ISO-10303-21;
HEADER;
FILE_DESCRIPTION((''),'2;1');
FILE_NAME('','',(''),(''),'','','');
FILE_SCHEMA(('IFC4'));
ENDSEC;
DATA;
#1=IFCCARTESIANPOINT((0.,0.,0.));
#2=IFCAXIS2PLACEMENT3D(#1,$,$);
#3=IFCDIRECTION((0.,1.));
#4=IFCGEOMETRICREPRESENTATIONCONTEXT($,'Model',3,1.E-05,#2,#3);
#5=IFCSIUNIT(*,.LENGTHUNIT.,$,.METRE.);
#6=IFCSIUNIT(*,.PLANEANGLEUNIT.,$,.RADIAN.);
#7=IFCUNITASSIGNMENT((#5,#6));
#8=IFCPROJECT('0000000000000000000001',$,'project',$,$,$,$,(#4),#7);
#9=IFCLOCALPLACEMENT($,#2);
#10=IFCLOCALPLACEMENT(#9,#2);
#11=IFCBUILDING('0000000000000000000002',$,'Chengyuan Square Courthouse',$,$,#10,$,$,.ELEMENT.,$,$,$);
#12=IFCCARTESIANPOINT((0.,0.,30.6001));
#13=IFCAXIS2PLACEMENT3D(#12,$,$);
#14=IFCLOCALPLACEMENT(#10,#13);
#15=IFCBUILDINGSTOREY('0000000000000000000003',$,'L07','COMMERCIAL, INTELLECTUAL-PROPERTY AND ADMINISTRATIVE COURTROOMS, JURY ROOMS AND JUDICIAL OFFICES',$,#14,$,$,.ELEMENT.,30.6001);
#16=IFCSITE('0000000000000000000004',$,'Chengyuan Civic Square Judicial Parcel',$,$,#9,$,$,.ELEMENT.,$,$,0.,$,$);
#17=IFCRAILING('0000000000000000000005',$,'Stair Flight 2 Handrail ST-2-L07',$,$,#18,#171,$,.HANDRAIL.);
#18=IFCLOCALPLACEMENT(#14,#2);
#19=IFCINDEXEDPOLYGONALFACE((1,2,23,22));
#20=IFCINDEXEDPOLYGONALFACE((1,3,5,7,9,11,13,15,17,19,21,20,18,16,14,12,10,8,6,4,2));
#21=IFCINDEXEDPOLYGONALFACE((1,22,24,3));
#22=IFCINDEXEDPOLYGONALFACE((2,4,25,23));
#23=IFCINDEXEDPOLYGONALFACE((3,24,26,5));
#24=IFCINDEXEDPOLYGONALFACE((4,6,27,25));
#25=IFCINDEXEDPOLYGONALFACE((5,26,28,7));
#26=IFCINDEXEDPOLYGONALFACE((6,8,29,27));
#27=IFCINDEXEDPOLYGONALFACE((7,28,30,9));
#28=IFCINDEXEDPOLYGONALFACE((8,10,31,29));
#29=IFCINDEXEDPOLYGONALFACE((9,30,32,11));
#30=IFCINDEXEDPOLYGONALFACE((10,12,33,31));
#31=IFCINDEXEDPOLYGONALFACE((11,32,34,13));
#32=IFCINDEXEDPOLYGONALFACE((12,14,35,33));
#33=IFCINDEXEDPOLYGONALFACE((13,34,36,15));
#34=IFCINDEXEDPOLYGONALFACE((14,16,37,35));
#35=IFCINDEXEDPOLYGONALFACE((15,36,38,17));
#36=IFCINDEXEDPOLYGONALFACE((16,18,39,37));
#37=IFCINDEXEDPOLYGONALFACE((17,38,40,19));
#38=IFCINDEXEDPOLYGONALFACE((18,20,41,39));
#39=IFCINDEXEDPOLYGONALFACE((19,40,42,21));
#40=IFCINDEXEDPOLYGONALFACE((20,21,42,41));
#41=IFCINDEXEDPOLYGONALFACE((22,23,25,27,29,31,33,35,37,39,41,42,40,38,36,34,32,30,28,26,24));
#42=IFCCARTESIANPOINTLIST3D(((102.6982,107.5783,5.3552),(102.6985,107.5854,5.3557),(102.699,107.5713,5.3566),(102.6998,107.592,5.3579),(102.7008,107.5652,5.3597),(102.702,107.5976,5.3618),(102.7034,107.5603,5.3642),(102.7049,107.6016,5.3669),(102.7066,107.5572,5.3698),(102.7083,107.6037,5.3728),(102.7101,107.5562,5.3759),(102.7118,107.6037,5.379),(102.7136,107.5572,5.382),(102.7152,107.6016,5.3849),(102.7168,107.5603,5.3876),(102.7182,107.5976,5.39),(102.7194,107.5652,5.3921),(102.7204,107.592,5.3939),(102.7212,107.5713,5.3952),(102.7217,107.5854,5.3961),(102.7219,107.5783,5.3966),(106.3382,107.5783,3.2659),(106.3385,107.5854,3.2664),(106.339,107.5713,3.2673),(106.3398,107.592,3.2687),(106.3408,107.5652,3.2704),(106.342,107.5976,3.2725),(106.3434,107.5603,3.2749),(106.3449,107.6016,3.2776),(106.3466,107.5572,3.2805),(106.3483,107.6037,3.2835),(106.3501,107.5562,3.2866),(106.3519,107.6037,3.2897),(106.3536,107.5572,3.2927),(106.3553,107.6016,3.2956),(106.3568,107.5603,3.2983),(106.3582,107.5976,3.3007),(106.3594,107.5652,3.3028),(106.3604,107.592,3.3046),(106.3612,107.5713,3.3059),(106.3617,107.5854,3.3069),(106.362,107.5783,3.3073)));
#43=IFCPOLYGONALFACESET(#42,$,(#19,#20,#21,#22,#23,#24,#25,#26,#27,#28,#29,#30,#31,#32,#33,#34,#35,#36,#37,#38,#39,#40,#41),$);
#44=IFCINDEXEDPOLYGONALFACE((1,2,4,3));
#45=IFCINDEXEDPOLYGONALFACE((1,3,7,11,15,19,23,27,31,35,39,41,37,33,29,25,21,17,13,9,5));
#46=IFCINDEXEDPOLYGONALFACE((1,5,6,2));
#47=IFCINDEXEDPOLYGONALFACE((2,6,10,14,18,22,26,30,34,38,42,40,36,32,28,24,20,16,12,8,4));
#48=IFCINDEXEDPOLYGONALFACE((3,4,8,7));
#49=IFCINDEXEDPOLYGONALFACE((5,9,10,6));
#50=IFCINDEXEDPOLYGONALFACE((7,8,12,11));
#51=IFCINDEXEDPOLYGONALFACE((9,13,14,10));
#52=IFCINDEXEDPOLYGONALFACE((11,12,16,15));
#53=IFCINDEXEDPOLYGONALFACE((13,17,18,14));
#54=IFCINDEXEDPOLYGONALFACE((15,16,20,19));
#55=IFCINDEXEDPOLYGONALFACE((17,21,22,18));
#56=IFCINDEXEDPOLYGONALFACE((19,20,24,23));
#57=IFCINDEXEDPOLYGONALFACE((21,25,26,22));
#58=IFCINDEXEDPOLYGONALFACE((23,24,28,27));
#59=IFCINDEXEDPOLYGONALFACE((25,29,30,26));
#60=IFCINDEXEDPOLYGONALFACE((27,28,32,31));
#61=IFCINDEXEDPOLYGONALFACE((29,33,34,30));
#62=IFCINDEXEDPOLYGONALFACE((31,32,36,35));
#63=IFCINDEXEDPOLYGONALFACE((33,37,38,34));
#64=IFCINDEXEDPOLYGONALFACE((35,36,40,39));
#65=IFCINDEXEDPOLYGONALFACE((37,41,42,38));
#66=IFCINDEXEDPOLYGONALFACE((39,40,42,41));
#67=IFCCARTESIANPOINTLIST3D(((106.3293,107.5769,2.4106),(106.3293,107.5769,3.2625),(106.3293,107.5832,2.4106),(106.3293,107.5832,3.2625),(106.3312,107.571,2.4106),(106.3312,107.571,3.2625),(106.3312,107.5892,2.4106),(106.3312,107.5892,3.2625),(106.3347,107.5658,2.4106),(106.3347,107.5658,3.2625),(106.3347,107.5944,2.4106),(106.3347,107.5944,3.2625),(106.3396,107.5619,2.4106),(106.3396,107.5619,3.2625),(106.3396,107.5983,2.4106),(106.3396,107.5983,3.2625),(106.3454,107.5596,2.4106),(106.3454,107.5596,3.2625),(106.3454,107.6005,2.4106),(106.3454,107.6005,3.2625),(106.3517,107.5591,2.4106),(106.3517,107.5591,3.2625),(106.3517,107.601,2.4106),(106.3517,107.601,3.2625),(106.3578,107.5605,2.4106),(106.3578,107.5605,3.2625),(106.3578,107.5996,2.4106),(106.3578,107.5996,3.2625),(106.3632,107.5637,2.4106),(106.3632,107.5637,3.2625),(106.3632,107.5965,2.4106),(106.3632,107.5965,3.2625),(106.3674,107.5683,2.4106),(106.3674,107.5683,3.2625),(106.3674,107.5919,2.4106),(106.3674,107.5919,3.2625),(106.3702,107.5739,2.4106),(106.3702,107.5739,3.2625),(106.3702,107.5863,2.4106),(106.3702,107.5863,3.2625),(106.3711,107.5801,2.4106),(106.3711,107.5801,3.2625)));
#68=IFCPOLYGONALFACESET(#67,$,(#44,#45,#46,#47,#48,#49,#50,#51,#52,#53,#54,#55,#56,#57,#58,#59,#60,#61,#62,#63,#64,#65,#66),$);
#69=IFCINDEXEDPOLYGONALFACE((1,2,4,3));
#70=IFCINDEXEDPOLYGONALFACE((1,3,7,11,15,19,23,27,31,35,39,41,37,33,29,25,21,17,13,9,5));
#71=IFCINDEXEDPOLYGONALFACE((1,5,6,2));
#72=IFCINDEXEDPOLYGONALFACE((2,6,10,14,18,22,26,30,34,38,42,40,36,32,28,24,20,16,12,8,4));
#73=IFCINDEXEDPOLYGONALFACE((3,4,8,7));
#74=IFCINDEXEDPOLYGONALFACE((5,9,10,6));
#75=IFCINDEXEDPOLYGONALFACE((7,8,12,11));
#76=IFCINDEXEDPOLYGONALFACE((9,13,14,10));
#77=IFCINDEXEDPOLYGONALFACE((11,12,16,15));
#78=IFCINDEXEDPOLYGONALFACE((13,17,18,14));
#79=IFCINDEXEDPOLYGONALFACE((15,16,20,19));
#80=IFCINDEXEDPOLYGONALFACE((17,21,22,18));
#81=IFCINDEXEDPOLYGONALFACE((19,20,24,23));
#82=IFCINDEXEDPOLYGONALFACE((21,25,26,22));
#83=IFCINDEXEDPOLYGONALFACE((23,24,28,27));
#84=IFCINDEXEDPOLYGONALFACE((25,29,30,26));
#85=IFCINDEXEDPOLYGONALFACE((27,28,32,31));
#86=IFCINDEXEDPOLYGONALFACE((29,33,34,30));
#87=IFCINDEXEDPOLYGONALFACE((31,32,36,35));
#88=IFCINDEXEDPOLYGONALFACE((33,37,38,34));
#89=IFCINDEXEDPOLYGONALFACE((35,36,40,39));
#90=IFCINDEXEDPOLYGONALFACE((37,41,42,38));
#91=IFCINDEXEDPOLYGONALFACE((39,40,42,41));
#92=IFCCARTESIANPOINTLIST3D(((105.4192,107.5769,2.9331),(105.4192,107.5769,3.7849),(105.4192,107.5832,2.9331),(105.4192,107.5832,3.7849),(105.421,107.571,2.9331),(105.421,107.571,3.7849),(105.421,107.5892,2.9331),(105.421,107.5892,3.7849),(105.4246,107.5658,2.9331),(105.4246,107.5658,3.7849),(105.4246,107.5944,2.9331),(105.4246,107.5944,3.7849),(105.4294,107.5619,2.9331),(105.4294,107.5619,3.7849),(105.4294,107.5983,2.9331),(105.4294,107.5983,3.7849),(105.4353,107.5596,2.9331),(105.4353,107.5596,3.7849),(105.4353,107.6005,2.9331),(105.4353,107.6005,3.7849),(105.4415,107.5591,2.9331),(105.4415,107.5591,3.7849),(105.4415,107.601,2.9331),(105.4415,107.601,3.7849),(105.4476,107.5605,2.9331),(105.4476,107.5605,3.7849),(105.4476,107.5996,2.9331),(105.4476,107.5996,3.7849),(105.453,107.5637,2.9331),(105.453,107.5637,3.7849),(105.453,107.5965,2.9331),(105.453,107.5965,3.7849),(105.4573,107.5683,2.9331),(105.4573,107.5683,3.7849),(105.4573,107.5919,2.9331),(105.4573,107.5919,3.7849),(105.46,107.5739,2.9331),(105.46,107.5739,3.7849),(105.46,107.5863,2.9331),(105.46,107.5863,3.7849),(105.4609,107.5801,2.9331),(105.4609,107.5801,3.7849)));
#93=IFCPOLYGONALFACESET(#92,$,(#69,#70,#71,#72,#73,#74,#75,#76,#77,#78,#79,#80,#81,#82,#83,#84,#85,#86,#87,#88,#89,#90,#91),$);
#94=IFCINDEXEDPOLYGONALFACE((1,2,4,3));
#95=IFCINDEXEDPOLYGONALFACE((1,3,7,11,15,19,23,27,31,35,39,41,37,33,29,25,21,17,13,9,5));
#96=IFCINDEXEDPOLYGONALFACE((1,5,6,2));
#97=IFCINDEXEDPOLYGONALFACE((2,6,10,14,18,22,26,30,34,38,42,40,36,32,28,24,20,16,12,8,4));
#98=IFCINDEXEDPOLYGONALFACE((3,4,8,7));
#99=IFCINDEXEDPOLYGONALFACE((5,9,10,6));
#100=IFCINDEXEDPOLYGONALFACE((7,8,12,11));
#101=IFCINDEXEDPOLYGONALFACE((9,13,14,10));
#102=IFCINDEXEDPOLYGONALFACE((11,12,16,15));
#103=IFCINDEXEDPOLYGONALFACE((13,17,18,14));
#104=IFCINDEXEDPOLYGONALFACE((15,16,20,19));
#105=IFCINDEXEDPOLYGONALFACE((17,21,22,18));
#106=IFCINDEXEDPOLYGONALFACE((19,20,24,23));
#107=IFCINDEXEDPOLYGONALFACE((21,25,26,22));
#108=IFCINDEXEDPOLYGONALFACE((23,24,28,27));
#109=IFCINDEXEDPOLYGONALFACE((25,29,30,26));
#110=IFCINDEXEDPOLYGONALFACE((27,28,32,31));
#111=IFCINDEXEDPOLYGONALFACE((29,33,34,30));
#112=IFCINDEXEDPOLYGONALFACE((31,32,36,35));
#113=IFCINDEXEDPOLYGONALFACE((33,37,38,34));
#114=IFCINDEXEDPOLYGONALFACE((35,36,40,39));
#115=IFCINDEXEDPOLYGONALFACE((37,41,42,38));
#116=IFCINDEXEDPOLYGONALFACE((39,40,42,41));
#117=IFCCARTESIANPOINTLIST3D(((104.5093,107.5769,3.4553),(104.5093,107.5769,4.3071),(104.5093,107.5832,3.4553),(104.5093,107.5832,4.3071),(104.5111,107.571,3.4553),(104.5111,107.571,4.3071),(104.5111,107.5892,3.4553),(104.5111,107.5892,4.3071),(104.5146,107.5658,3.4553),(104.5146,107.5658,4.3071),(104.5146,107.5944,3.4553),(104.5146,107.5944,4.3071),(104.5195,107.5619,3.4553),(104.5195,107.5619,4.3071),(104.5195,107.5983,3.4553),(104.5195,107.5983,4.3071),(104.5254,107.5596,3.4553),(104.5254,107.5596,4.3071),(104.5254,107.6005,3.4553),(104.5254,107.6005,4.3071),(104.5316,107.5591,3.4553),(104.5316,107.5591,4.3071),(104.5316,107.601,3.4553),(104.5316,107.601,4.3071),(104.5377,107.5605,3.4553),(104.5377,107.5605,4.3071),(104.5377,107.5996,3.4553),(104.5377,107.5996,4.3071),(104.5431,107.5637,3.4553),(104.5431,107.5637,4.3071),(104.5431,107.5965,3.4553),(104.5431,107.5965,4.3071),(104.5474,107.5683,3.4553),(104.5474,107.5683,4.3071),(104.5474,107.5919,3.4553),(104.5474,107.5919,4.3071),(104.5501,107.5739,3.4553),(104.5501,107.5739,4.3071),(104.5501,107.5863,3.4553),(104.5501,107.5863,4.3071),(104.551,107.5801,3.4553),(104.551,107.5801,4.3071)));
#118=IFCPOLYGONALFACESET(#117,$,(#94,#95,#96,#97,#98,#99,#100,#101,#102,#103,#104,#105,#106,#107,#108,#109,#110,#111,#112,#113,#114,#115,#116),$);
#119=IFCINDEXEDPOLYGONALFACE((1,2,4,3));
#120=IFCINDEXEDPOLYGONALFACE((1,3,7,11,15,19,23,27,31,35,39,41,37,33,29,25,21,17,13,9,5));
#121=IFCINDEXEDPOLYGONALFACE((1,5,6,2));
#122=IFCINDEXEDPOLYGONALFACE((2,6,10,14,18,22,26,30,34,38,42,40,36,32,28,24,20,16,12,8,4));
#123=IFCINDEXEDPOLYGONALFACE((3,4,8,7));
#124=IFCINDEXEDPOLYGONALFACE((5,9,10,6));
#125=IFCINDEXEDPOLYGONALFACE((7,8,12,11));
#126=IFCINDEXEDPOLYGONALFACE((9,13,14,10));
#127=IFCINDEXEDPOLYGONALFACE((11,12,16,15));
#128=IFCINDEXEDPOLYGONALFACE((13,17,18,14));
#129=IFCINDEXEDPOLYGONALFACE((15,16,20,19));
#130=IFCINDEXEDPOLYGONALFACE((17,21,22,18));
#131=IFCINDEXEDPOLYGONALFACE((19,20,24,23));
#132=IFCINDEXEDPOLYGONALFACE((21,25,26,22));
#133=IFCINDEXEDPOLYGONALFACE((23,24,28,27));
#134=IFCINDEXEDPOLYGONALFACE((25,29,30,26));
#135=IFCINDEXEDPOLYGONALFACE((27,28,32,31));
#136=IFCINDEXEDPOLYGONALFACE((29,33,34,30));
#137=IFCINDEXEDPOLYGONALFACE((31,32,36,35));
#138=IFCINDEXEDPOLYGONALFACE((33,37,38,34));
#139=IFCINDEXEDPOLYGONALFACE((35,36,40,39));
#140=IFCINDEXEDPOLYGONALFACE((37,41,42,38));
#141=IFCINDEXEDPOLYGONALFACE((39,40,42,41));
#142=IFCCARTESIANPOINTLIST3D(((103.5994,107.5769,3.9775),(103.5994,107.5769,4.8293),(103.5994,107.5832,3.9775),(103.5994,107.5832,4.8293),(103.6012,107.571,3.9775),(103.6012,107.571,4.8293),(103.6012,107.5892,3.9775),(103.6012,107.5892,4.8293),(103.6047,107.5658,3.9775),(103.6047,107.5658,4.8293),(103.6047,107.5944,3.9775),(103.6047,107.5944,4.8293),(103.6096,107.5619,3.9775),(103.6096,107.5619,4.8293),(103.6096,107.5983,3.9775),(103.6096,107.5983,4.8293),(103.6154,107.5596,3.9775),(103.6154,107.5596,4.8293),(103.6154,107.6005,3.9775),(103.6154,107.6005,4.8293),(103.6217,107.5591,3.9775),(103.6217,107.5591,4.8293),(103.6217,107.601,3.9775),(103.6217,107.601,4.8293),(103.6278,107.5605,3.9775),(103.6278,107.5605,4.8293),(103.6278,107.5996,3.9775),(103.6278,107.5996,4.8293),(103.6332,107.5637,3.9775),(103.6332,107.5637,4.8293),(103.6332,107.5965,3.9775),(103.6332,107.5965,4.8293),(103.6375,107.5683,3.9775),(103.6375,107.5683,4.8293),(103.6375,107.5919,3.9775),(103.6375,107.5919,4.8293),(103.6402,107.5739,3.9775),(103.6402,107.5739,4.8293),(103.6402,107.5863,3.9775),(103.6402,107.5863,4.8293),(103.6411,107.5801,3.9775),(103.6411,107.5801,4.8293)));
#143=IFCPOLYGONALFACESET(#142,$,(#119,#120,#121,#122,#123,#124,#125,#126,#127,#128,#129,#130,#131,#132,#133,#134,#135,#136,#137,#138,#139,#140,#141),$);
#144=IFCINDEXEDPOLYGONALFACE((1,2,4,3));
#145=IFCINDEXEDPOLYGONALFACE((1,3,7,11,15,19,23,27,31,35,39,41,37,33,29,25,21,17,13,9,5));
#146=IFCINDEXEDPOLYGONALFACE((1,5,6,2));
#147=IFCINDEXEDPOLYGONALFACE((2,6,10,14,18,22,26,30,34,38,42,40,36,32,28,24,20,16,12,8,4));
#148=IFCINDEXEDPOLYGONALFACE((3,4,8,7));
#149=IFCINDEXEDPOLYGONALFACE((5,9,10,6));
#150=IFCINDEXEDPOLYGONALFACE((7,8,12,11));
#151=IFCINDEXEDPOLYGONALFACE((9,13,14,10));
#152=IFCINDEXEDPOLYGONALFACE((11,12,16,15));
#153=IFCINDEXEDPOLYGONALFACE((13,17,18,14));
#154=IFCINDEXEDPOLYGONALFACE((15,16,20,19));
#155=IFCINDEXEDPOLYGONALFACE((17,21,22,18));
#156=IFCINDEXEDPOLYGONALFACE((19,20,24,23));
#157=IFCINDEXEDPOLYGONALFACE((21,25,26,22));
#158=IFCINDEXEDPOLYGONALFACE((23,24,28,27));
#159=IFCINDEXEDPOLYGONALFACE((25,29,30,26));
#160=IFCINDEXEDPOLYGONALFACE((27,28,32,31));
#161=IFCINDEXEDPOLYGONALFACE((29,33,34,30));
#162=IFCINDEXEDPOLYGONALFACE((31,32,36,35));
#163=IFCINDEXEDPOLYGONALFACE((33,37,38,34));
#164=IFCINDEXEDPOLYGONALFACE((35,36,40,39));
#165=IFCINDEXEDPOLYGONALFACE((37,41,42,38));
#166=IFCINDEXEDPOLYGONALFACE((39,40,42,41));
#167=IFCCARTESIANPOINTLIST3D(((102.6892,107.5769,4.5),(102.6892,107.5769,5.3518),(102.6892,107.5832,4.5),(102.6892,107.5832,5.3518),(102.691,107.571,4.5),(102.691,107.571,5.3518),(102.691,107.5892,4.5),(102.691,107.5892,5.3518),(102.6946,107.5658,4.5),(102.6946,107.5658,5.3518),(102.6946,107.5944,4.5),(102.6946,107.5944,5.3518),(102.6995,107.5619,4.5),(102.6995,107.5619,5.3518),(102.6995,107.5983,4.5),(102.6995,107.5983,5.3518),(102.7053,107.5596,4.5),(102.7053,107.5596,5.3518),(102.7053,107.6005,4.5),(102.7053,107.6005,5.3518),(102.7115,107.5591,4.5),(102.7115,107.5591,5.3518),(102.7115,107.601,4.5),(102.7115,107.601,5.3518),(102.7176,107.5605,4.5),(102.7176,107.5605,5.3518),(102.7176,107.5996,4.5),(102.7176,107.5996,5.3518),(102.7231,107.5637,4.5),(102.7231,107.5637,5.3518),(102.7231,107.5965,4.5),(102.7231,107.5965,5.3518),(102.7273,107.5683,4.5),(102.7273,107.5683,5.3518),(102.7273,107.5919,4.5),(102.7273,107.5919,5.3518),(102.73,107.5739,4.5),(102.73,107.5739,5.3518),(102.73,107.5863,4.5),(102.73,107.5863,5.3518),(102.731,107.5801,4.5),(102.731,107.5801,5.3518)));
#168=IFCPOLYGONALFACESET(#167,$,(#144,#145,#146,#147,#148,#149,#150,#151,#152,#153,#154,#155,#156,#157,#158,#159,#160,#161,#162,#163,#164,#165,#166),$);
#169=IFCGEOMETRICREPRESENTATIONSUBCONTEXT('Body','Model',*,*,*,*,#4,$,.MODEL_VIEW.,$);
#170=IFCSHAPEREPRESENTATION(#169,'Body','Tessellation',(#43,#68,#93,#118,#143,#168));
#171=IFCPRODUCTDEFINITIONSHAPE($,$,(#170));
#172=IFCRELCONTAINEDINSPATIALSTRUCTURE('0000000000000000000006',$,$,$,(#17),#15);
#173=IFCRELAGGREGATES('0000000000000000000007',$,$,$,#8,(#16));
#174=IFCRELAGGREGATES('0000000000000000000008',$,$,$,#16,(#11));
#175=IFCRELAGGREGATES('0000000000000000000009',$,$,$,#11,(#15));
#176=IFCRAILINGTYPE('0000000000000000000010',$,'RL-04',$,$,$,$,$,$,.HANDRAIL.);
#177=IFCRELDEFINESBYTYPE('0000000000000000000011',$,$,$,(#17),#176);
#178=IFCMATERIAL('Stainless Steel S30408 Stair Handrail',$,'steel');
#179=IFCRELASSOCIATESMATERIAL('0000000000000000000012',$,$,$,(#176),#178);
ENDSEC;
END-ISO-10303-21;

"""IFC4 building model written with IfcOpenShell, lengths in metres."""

from ifc_helpers import new_model, si_unit, direction, frame, origin, origin_2d, place, context, subcontext, project, spatial, circle, extrude, material, type_object, element, save


model = new_model("IFC4")

# Units and contexts
model_context = context("Model", 3, precision=1e-05, world=origin(), true_north=direction((0.0, 1.0)))
body_context = subcontext(model_context, "Body", "Model", "MODEL_VIEW")
ifc_project = project(units=[si_unit("LENGTHUNIT", "METRE"), si_unit("PLANEANGLEUNIT", "RADIAN")], contexts=[model_context])

# Site, building, storey
site_placement = place(None, origin())
site = spatial("IfcSite", under=ifc_project, at=site_placement, Name="Chengyuan Civic Square Judicial Parcel", CompositionType="ELEMENT", RefElevation=0.0)
building_placement = place(site_placement, origin())
building = spatial("IfcBuilding", under=site, at=building_placement, Name="Chengyuan Square Courthouse", CompositionType="ELEMENT")
storey_placement = place(building_placement, frame((0.0, 0.0, 30.6001)))
storey = spatial("IfcBuildingStorey", under=building, at=storey_placement, Name="L07", Description="COMMERCIAL, INTELLECTUAL-PROPERTY AND ADMINISTRATIVE COURTROOMS, JURY ROOMS AND JUDICIAL OFFICES", CompositionType="ELEMENT", Elevation=30.6001)

# Railing
ifc_material_1 = material(Name="Stainless Steel S30408 Stair Handrail", Category="steel")
railing_type_1 = type_object("IfcRailingType", Name="RL-04", PredefinedType="HANDRAIL", material=ifc_material_1)
railing_1_placement = place(storey_placement, frame((106.3501, 107.5801, 2.4106)))
element("IfcRailing", 1, at=railing_1_placement, inside=storey, type_object=railing_type_1, Name="Stair Flight 2 Handrail ST-2-L07", PredefinedType="HANDRAIL", context=body_context, shape_type="SweptSolid", body=[
    extrude(circle(Radius=0.0239, at=origin_2d()), frame((0.0, 0.0, 0.876), z_axis=(-0.867289, 0.0, 0.497804), x_axis=(0.0, -1.0, 0.0)), (0.0, 0.0, 1.0), 4.197),
    extrude(circle(Radius=0.021, at=origin_2d()), origin(), (0.0, 0.0, 1.0), 0.8518),
    extrude(circle(Radius=0.021, at=origin_2d()), frame((-0.9102, 0.0, 0.5225)), (0.0, 0.0, 1.0), 0.8518),
    extrude(circle(Radius=0.021, at=origin_2d()), frame((-1.8201, 0.0, 1.0447)), (0.0, 0.0, 1.0), 0.8518),
    extrude(circle(Radius=0.021, at=origin_2d()), frame((-2.73, 0.0, 1.5669)), (0.0, 0.0, 1.0), 0.8518),
    extrude(circle(Radius=0.021, at=origin_2d()), frame((-3.6401, 0.0, 2.0894)), (0.0, 0.0, 1.0), 0.8518),
])

save(model, "model.ifc")
